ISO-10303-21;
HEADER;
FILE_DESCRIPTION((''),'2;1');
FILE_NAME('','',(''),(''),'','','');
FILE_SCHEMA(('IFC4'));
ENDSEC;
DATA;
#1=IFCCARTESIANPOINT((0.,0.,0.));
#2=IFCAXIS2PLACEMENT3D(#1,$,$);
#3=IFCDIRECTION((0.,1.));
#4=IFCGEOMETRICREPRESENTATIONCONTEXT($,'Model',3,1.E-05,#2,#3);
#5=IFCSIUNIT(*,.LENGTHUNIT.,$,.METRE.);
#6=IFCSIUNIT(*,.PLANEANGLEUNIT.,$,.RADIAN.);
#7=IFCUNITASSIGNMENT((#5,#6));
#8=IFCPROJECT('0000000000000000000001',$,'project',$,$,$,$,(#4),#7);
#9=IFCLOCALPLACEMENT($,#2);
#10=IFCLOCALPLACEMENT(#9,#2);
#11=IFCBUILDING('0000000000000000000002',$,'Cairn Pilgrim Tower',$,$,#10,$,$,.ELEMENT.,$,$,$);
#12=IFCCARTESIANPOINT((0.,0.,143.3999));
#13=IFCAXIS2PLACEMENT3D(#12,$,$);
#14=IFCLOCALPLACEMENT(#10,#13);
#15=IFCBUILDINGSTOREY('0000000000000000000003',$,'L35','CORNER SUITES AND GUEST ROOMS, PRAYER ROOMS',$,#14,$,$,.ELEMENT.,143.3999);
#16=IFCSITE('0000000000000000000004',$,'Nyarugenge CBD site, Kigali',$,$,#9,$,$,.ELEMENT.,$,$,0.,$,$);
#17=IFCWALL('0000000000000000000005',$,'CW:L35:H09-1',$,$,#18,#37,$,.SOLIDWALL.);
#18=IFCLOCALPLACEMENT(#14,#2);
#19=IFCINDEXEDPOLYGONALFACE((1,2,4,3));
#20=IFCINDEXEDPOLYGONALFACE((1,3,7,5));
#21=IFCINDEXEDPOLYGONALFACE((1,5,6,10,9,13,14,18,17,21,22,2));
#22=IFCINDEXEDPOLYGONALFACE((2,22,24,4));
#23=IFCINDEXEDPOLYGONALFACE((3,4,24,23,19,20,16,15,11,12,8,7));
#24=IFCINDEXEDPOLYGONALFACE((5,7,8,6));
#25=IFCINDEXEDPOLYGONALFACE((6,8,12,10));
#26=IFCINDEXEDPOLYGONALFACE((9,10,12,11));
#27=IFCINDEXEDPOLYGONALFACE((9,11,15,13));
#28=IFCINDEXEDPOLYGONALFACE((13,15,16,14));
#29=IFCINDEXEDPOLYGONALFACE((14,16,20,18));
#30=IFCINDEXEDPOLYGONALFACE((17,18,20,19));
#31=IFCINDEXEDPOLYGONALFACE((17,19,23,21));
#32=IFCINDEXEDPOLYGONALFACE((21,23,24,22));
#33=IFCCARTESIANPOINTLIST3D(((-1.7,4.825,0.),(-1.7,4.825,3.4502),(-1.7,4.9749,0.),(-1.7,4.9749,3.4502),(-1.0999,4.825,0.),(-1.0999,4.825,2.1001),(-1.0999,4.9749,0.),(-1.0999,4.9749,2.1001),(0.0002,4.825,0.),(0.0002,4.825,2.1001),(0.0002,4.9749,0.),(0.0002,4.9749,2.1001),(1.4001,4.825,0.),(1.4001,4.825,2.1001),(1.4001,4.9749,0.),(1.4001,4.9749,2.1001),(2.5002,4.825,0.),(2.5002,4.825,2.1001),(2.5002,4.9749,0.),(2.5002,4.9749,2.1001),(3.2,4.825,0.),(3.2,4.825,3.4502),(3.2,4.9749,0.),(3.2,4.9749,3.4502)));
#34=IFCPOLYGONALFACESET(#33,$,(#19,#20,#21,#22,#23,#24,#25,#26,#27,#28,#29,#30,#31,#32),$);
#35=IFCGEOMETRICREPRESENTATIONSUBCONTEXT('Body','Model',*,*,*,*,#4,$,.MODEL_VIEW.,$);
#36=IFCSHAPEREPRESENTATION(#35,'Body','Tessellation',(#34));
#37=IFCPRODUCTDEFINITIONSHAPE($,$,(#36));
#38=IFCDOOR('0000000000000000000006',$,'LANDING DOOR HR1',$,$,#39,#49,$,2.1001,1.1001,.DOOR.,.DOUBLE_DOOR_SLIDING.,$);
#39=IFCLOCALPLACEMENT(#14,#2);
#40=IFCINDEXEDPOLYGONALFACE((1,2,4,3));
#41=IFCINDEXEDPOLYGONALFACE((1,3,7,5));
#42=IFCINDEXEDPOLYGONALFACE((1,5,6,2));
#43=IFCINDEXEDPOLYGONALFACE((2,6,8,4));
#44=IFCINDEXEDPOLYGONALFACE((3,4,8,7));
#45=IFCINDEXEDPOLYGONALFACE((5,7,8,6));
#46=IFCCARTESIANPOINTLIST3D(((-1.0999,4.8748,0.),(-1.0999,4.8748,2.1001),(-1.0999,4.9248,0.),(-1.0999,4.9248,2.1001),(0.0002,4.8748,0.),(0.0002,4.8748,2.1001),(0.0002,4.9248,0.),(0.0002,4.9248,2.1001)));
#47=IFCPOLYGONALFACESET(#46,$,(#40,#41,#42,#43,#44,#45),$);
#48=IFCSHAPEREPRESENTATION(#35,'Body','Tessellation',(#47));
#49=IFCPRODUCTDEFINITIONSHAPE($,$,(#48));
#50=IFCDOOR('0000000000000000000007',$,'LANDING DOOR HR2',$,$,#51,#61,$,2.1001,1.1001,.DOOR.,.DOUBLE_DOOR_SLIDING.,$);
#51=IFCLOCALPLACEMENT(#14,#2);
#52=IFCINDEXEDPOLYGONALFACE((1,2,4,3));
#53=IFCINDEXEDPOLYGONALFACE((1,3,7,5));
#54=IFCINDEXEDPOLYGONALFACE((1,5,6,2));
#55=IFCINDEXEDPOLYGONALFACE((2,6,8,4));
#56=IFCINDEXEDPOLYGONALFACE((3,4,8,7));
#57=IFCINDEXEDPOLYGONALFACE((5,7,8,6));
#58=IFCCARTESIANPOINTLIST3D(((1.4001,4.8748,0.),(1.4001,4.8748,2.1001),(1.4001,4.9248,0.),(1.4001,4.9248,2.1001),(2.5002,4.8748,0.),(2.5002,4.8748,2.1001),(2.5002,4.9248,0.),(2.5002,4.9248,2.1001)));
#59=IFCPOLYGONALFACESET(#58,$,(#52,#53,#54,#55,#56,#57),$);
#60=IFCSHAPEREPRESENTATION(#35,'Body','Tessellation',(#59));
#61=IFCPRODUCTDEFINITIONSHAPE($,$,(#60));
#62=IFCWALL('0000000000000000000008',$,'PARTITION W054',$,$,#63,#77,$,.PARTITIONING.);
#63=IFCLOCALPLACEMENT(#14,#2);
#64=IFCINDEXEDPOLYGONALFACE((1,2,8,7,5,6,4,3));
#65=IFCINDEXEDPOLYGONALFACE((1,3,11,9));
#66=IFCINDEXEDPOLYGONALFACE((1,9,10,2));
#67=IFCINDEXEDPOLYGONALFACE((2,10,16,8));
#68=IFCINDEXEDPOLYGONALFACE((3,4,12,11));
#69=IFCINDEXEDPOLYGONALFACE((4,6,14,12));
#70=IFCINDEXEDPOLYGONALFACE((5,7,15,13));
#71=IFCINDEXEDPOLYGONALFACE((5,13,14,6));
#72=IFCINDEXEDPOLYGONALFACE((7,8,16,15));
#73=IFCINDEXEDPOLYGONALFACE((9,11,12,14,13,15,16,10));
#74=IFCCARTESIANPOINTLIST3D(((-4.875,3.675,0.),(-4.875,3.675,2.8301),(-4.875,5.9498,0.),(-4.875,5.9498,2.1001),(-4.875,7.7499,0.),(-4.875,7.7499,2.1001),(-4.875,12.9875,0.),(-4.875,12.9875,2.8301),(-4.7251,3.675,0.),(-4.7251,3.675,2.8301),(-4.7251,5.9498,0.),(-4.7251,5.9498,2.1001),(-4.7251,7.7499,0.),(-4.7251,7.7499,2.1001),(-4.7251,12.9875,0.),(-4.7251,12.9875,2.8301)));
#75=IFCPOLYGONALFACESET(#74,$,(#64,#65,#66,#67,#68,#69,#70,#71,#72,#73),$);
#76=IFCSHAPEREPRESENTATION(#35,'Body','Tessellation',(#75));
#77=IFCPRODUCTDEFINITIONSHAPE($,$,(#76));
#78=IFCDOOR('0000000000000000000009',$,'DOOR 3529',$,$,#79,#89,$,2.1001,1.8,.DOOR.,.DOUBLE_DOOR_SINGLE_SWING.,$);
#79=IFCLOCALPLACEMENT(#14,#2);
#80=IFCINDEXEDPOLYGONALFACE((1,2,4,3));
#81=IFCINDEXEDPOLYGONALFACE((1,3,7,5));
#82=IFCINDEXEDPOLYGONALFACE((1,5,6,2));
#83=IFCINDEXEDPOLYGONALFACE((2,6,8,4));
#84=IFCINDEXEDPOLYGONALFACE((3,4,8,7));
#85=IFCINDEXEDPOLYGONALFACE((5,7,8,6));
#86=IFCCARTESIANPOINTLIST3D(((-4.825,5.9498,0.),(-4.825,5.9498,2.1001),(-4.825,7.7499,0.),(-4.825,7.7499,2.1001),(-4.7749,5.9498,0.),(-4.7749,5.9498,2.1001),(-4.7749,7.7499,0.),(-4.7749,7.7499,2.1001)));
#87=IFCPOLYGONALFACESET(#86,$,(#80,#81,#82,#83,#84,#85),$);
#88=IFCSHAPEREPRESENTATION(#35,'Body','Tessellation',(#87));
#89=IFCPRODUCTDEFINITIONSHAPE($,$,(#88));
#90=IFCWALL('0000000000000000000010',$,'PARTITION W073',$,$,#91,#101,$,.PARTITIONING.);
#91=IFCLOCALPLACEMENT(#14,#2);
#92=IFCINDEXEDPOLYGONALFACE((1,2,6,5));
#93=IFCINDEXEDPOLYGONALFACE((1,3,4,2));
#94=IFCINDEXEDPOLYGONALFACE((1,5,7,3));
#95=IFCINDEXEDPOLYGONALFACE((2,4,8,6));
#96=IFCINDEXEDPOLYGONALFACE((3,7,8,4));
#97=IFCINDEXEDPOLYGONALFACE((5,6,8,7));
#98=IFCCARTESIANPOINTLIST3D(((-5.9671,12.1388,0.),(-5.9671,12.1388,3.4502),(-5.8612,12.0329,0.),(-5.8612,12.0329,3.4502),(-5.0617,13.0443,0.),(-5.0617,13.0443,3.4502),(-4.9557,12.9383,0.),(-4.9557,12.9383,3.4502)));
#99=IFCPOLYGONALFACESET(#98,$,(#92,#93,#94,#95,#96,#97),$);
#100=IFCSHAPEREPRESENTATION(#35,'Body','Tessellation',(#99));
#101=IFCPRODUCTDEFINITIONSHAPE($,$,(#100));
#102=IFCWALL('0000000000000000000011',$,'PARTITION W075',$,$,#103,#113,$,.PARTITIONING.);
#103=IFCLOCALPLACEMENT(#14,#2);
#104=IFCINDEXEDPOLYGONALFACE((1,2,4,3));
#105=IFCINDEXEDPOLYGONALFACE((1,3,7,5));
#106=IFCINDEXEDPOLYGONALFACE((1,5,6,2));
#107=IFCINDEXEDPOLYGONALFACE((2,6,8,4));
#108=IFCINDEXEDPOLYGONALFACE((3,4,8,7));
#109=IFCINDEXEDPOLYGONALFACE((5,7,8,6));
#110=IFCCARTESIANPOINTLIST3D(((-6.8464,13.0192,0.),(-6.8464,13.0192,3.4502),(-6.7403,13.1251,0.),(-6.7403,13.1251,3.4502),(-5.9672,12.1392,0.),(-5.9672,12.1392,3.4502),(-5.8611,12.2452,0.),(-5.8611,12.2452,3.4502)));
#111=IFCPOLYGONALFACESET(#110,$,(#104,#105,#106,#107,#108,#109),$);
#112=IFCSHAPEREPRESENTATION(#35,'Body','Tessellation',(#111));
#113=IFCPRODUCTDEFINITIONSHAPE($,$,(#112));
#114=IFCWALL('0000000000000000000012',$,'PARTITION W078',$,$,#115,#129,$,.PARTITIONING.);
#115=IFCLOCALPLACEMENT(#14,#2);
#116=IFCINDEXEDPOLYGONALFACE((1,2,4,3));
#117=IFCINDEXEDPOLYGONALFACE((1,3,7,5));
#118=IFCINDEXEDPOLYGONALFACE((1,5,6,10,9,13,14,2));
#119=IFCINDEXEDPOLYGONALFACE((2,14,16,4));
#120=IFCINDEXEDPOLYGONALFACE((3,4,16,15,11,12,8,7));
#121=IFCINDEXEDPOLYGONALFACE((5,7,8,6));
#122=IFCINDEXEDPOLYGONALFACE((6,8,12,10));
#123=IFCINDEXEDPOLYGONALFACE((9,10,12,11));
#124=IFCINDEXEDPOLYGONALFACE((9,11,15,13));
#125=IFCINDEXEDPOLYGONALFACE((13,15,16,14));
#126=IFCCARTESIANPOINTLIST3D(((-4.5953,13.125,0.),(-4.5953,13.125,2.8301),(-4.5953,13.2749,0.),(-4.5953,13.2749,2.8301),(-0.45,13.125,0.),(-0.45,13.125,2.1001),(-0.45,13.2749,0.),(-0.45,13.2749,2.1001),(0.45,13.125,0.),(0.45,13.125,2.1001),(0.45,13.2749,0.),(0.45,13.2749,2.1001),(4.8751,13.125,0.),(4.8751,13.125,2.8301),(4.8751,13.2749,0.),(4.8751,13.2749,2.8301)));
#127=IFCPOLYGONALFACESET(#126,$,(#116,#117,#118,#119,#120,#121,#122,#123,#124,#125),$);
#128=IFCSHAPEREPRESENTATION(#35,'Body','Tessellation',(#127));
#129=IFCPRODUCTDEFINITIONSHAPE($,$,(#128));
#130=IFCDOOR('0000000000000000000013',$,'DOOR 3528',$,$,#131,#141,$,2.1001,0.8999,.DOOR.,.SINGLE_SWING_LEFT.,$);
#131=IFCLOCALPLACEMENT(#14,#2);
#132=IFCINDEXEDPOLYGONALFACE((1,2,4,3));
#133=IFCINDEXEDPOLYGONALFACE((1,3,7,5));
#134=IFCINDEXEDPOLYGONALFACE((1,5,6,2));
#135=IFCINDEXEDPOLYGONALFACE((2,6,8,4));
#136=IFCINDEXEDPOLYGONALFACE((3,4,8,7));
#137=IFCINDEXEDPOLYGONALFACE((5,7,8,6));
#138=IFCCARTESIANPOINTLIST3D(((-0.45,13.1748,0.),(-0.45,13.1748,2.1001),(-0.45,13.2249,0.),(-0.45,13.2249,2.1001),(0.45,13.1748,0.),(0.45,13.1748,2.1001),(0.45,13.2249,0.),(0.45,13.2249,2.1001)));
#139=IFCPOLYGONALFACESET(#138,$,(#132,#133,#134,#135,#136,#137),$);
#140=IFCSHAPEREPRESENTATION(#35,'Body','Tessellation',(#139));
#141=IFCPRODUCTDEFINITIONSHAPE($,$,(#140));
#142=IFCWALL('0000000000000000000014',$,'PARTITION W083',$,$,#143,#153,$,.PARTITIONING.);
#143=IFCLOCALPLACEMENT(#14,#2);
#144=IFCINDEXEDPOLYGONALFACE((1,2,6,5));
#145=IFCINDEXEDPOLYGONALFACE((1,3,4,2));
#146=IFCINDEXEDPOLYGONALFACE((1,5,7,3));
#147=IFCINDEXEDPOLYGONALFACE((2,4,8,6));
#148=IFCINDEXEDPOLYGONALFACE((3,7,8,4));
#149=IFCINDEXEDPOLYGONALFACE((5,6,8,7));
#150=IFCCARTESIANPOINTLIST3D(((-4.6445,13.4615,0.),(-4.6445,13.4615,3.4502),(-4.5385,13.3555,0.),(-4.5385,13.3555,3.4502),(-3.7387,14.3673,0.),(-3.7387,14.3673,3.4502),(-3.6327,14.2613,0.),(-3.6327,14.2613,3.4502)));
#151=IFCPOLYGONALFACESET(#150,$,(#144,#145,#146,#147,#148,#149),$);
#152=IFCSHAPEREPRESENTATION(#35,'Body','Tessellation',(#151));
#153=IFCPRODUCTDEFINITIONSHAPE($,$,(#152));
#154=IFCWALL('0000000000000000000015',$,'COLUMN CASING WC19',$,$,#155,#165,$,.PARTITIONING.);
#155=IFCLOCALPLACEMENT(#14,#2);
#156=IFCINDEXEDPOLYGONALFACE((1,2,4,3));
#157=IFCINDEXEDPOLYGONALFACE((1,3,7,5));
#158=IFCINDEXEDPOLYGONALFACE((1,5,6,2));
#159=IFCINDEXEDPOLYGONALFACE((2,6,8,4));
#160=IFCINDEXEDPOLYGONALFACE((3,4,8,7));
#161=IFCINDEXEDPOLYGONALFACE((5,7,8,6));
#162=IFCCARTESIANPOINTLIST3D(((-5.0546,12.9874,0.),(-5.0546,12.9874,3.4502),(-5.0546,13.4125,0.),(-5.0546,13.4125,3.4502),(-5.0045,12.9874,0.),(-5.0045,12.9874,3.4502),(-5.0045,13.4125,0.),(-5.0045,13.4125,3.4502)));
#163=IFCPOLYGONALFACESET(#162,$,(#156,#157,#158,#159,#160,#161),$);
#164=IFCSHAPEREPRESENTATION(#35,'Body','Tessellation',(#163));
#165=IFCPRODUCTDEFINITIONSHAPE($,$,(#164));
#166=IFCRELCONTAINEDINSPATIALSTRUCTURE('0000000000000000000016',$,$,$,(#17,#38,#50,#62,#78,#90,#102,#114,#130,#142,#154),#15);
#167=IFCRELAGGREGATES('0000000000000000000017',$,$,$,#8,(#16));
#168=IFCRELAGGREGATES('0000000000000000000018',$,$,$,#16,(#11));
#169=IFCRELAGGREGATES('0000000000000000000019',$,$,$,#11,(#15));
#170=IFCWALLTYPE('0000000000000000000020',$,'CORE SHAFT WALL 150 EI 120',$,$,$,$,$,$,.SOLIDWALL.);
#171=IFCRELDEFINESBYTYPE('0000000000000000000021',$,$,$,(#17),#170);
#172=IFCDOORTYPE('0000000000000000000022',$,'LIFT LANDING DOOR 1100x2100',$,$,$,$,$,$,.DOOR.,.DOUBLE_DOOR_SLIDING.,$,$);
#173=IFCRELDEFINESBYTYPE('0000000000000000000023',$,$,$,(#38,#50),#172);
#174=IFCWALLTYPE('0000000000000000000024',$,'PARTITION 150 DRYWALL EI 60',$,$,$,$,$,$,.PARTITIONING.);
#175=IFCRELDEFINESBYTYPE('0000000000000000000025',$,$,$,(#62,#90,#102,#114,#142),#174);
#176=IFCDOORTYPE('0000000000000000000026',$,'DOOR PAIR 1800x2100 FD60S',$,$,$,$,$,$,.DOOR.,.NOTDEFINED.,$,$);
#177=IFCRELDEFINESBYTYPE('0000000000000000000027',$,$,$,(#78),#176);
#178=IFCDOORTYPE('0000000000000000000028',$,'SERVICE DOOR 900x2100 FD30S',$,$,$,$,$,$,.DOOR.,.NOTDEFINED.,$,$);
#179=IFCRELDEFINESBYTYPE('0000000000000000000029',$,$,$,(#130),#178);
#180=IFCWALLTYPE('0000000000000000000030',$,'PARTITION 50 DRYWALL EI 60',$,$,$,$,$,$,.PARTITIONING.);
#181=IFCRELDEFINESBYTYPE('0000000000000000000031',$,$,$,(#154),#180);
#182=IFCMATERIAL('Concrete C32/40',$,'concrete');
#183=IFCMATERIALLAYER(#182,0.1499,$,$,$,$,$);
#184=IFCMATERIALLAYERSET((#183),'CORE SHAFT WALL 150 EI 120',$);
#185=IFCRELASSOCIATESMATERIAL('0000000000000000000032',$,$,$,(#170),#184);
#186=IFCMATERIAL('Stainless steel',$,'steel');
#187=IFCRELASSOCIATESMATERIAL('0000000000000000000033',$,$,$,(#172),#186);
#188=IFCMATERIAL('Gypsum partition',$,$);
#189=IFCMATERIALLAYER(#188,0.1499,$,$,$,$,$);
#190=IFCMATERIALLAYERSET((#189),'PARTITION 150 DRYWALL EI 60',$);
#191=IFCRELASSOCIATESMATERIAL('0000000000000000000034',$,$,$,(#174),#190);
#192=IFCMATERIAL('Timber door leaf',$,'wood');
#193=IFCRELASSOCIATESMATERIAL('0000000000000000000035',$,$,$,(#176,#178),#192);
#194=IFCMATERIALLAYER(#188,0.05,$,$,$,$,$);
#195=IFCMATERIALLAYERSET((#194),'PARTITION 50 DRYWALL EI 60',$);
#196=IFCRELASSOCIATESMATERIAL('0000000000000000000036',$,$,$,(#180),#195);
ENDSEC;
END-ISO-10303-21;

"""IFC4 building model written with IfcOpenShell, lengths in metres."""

from ifc_helpers import new_model, si_unit, direction, frame, frame_2d, origin, place, context, subcontext, project, spatial, rectangle, extrude, material, layer, layer_set, type_object, element, fill, save


model = new_model("IFC4")

# Units and contexts
model_context = context("Model", 3, precision=1e-05, world=origin(), true_north=direction((0.0, 1.0)))
body_context = subcontext(model_context, "Body", "Model", "MODEL_VIEW")
ifc_project = project(units=[si_unit("LENGTHUNIT", "METRE"), si_unit("PLANEANGLEUNIT", "RADIAN")], contexts=[model_context])

# Site, building, storey
site_placement = place(None, origin())
site = spatial("IfcSite", under=ifc_project, at=site_placement, Name="Nyarugenge CBD site, Kigali", CompositionType="ELEMENT", RefElevation=0.0)
building_placement = place(site_placement, origin())
building = spatial("IfcBuilding", under=site, at=building_placement, Name="Cairn Pilgrim Tower", CompositionType="ELEMENT")
storey_placement = place(building_placement, frame((0.0, 0.0, 143.3999)))
storey = spatial("IfcBuildingStorey", under=building, at=storey_placement, Name="L35", Description="CORNER SUITES AND GUEST ROOMS, PRAYER ROOMS", CompositionType="ELEMENT", Elevation=143.3999)

# Wall, openings, doors
ifc_material_1 = material(Name="Concrete C32/40", Category="concrete")
ifc_layer_1 = layer(ifc_material_1, 0.1499)
ifc_layer_set_1 = layer_set([ifc_layer_1], Name="CORE SHAFT WALL 150 EI 120")
wall_type_1 = type_object("IfcWallType", Name="CORE SHAFT WALL 150 EI 120", PredefinedType="SOLIDWALL", material=ifc_layer_set_1)
wall_1_placement = place(storey_placement, frame((-1.7, 4.8999, 0.0), z_axis=(0.0, 0.0, 1.0), x_axis=(1.0, 0.0, 0.0)))
wall_1 = element("IfcWall", 1, at=wall_1_placement, inside=storey, type_object=wall_type_1, Name="CW:L35:H09-1", PredefinedType="SOLIDWALL", context=body_context, shape_type="SweptSolid", body=[
    extrude(rectangle(XDim=4.8999, YDim=0.1499, at=frame_2d((2.45, 0.0))), origin(), (0.0, 0.0, 1.0), 3.4502),
])
opening_1_placement = place(wall_1_placement, frame((0.6001, 0.0, 0.0)))
opening_1 = element("IfcOpeningElement", 2, at=opening_1_placement, cuts=wall_1, PredefinedType="OPENING", context=body_context, shape_type="SweptSolid", body=[
    extrude(rectangle(XDim=1.1001, YDim=2.1001, at=frame_2d((0.55, 1.05))), frame((0.0, 0.085, 0.0), z_axis=(0.0, -1.0, 0.0), x_axis=(1.0, 0.0, 0.0)), (0.0, 0.0, 1.0), 0.1699),
])
opening_2_placement = place(wall_1_placement, frame((3.1001, 0.0, 0.0)))
opening_2 = element("IfcOpeningElement", 3, at=opening_2_placement, cuts=wall_1, PredefinedType="OPENING", context=body_context, shape_type="SweptSolid", body=[
    extrude(rectangle(XDim=1.1001, YDim=2.1001, at=frame_2d((0.55, 1.05))), frame((0.0, 0.085, 0.0), z_axis=(0.0, -1.0, 0.0), x_axis=(1.0, 0.0, 0.0)), (0.0, 0.0, 1.0), 0.1699),
])
ifc_material_2 = material(Name="Stainless steel", Category="steel")
door_type_1 = type_object("IfcDoorType", Name="LIFT LANDING DOOR 1100x2100", OperationType="DOUBLE_DOOR_SLIDING", PredefinedType="DOOR", material=ifc_material_2)
door_1_placement = place(opening_1_placement, origin())
door_1 = element("IfcDoor", 4, at=door_1_placement, inside=storey, type_object=door_type_1, Name="LANDING DOOR HR1", OperationType="DOUBLE_DOOR_SLIDING", OverallHeight=2.1001, OverallWidth=1.1001, PredefinedType="DOOR", context=body_context, shape_type="SweptSolid", body=[
    extrude(rectangle(XDim=1.1001, YDim=2.1001, at=frame_2d((0.55, 1.05))), frame((0.0, 0.0249, 0.0), z_axis=(0.0, -1.0, 0.0), x_axis=(1.0, 0.0, 0.0)), (0.0, 0.0, 1.0), 0.05),
])
fill(opening_1, door_1)
door_2_placement = place(opening_2_placement, origin())
door_2 = element("IfcDoor", 5, at=door_2_placement, inside=storey, type_object=door_type_1, Name="LANDING DOOR HR2", OperationType="DOUBLE_DOOR_SLIDING", OverallHeight=2.1001, OverallWidth=1.1001, PredefinedType="DOOR", context=body_context, shape_type="SweptSolid", body=[
    extrude(rectangle(XDim=1.1001, YDim=2.1001, at=frame_2d((0.55, 1.05))), frame((0.0, 0.0249, 0.0), z_axis=(0.0, -1.0, 0.0), x_axis=(1.0, 0.0, 0.0)), (0.0, 0.0, 1.0), 0.05),
])
fill(opening_2, door_2)

# Wall, opening, door
ifc_material_3 = material(Name="Gypsum partition")
ifc_layer_2 = layer(ifc_material_3, 0.1499)
ifc_layer_set_2 = layer_set([ifc_layer_2], Name="PARTITION 150 DRYWALL EI 60")
wall_type_2 = type_object("IfcWallType", Name="PARTITION 150 DRYWALL EI 60", PredefinedType="PARTITIONING", material=ifc_layer_set_2)
wall_2_placement = place(storey_placement, frame((-4.8, 3.675, 0.0), z_axis=(0.0, 0.0, 1.0), x_axis=(0.0, 1.0, 0.0)))
wall_2 = element("IfcWall", 6, at=wall_2_placement, inside=storey, type_object=wall_type_2, Name="PARTITION W054", PredefinedType="PARTITIONING", context=body_context, shape_type="SweptSolid", body=[
    extrude(rectangle(XDim=9.3125, YDim=0.1499, at=frame_2d((4.6562, 0.0))), origin(), (0.0, 0.0, 1.0), 2.8301),
])
opening_3_placement = place(wall_2_placement, frame((2.2749, 0.0, 0.0)))
opening_3 = element("IfcOpeningElement", 7, at=opening_3_placement, cuts=wall_2, PredefinedType="OPENING", context=body_context, shape_type="SweptSolid", body=[
    extrude(rectangle(XDim=1.8, YDim=2.1001, at=frame_2d((0.8999, 1.05))), frame((0.0, 0.085, 0.0), z_axis=(0.0, -1.0, 0.0), x_axis=(1.0, 0.0, 0.0)), (0.0, 0.0, 1.0), 0.1699),
])
ifc_material_4 = material(Name="Timber door leaf", Category="wood")
door_type_2 = type_object("IfcDoorType", Name="DOOR PAIR 1800x2100 FD60S", OperationType="NOTDEFINED", PredefinedType="DOOR", material=ifc_material_4)
door_3_placement = place(opening_3_placement, origin())
door_3 = element("IfcDoor", 8, at=door_3_placement, inside=storey, type_object=door_type_2, Name="DOOR 3529", OperationType="DOUBLE_DOOR_SINGLE_SWING", OverallHeight=2.1001, OverallWidth=1.8, PredefinedType="DOOR", context=body_context, shape_type="SweptSolid", body=[
    extrude(rectangle(XDim=1.8, YDim=2.1001, at=frame_2d((0.8999, 1.05))), frame((0.0, 0.0249, 0.0), z_axis=(0.0, -1.0, 0.0), x_axis=(1.0, 0.0, 0.0)), (0.0, 0.0, 1.0), 0.05),
])
fill(opening_3, door_3)

# Walls
wall_3_placement = place(storey_placement, frame((-5.9141, 12.0859, 0.0), z_axis=(0.0, 0.0, 1.0), x_axis=(0.707107, 0.707107, 0.0)))
element("IfcWall", 9, at=wall_3_placement, inside=storey, type_object=wall_type_2, Name="PARTITION W073", PredefinedType="PARTITIONING", context=body_context, shape_type="SweptSolid", body=[
    extrude(rectangle(XDim=1.2805, YDim=0.1499, at=frame_2d((0.6401, 0.0))), origin(), (0.0, 0.0, 1.0), 3.4502),
])
wall_4_placement = place(storey_placement, frame((-5.9141, 12.1921, 0.0), z_axis=(0.0, 0.0, 1.0), x_axis=(-0.706812, 0.707401, 0.0)))
element("IfcWall", 10, at=wall_4_placement, inside=storey, type_object=wall_type_2, Name="PARTITION W075", PredefinedType="PARTITIONING", context=body_context, shape_type="SweptSolid", body=[
    extrude(rectangle(XDim=1.2439, YDim=0.1499, at=frame_2d((0.6221, 0.0))), origin(), (0.0, 0.0, 1.0), 3.4502),
])

# Wall, opening, door
wall_5_placement = place(storey_placement, frame((-4.5955, 13.2, 0.0), z_axis=(0.0, 0.0, 1.0), x_axis=(1.0, 0.0, 0.0)))
wall_5 = element("IfcWall", 11, at=wall_5_placement, inside=storey, type_object=wall_type_2, Name="PARTITION W078", PredefinedType="PARTITIONING", context=body_context, shape_type="SweptSolid", body=[
    extrude(rectangle(XDim=9.4705, YDim=0.1499, at=frame_2d((4.7354, 0.0))), origin(), (0.0, 0.0, 1.0), 2.8301),
])
opening_4_placement = place(wall_5_placement, frame((4.1455, 0.0, 0.0)))
opening_4 = element("IfcOpeningElement", 12, at=opening_4_placement, cuts=wall_5, PredefinedType="OPENING", context=body_context, shape_type="SweptSolid", body=[
    extrude(rectangle(XDim=0.8999, YDim=2.1001, at=frame_2d((0.45, 1.05))), frame((0.0, 0.085, 0.0), z_axis=(0.0, -1.0, 0.0), x_axis=(1.0, 0.0, 0.0)), (0.0, 0.0, 1.0), 0.1699),
])
door_type_3 = type_object("IfcDoorType", Name="SERVICE DOOR 900x2100 FD30S", OperationType="NOTDEFINED", PredefinedType="DOOR", material=ifc_material_4)
door_4_placement = place(opening_4_placement, origin())
door_4 = element("IfcDoor", 13, at=door_4_placement, inside=storey, type_object=door_type_3, Name="DOOR 3528", OperationType="SINGLE_SWING_LEFT", OverallHeight=2.1001, OverallWidth=0.8999, PredefinedType="DOOR", context=body_context, shape_type="SweptSolid", body=[
    extrude(rectangle(XDim=0.8999, YDim=2.1001, at=frame_2d((0.45, 1.05))), frame((0.0, 0.0249, 0.0), z_axis=(0.0, -1.0, 0.0), x_axis=(1.0, 0.0, 0.0)), (0.0, 0.0, 1.0), 0.05),
])
fill(opening_4, door_4)

# Walls
wall_6_placement = place(storey_placement, frame((-4.5916, 13.4084, 0.0), z_axis=(0.0, 0.0, 1.0), x_axis=(0.707107, 0.707107, 0.0)))
element("IfcWall", 14, at=wall_6_placement, inside=storey, type_object=wall_type_2, Name="PARTITION W083", PredefinedType="PARTITIONING", context=body_context, shape_type="SweptSolid", body=[
    extrude(rectangle(XDim=1.281, YDim=0.1499, at=frame_2d((0.6406, 0.0))), origin(), (0.0, 0.0, 1.0), 3.4502),
])
ifc_layer_3 = layer(ifc_material_3, 0.05)
ifc_layer_set_3 = layer_set([ifc_layer_3], Name="PARTITION 50 DRYWALL EI 60")
wall_type_3 = type_object("IfcWallType", Name="PARTITION 50 DRYWALL EI 60", PredefinedType="PARTITIONING", material=ifc_layer_set_3)
wall_7_placement = place(storey_placement, frame((-5.0295, 12.9875, 0.0), z_axis=(0.0, 0.0, 1.0), x_axis=(0.0, 1.0, 0.0)))
element("IfcWall", 15, at=wall_7_placement, inside=storey, type_object=wall_type_3, Name="COLUMN CASING WC19", PredefinedType="PARTITIONING", context=body_context, shape_type="SweptSolid", body=[
    extrude(rectangle(XDim=0.425, YDim=0.05, at=frame_2d((0.2124, 0.0))), origin(), (0.0, 0.0, 1.0), 3.4502),
])

save(model, "model.ifc")
